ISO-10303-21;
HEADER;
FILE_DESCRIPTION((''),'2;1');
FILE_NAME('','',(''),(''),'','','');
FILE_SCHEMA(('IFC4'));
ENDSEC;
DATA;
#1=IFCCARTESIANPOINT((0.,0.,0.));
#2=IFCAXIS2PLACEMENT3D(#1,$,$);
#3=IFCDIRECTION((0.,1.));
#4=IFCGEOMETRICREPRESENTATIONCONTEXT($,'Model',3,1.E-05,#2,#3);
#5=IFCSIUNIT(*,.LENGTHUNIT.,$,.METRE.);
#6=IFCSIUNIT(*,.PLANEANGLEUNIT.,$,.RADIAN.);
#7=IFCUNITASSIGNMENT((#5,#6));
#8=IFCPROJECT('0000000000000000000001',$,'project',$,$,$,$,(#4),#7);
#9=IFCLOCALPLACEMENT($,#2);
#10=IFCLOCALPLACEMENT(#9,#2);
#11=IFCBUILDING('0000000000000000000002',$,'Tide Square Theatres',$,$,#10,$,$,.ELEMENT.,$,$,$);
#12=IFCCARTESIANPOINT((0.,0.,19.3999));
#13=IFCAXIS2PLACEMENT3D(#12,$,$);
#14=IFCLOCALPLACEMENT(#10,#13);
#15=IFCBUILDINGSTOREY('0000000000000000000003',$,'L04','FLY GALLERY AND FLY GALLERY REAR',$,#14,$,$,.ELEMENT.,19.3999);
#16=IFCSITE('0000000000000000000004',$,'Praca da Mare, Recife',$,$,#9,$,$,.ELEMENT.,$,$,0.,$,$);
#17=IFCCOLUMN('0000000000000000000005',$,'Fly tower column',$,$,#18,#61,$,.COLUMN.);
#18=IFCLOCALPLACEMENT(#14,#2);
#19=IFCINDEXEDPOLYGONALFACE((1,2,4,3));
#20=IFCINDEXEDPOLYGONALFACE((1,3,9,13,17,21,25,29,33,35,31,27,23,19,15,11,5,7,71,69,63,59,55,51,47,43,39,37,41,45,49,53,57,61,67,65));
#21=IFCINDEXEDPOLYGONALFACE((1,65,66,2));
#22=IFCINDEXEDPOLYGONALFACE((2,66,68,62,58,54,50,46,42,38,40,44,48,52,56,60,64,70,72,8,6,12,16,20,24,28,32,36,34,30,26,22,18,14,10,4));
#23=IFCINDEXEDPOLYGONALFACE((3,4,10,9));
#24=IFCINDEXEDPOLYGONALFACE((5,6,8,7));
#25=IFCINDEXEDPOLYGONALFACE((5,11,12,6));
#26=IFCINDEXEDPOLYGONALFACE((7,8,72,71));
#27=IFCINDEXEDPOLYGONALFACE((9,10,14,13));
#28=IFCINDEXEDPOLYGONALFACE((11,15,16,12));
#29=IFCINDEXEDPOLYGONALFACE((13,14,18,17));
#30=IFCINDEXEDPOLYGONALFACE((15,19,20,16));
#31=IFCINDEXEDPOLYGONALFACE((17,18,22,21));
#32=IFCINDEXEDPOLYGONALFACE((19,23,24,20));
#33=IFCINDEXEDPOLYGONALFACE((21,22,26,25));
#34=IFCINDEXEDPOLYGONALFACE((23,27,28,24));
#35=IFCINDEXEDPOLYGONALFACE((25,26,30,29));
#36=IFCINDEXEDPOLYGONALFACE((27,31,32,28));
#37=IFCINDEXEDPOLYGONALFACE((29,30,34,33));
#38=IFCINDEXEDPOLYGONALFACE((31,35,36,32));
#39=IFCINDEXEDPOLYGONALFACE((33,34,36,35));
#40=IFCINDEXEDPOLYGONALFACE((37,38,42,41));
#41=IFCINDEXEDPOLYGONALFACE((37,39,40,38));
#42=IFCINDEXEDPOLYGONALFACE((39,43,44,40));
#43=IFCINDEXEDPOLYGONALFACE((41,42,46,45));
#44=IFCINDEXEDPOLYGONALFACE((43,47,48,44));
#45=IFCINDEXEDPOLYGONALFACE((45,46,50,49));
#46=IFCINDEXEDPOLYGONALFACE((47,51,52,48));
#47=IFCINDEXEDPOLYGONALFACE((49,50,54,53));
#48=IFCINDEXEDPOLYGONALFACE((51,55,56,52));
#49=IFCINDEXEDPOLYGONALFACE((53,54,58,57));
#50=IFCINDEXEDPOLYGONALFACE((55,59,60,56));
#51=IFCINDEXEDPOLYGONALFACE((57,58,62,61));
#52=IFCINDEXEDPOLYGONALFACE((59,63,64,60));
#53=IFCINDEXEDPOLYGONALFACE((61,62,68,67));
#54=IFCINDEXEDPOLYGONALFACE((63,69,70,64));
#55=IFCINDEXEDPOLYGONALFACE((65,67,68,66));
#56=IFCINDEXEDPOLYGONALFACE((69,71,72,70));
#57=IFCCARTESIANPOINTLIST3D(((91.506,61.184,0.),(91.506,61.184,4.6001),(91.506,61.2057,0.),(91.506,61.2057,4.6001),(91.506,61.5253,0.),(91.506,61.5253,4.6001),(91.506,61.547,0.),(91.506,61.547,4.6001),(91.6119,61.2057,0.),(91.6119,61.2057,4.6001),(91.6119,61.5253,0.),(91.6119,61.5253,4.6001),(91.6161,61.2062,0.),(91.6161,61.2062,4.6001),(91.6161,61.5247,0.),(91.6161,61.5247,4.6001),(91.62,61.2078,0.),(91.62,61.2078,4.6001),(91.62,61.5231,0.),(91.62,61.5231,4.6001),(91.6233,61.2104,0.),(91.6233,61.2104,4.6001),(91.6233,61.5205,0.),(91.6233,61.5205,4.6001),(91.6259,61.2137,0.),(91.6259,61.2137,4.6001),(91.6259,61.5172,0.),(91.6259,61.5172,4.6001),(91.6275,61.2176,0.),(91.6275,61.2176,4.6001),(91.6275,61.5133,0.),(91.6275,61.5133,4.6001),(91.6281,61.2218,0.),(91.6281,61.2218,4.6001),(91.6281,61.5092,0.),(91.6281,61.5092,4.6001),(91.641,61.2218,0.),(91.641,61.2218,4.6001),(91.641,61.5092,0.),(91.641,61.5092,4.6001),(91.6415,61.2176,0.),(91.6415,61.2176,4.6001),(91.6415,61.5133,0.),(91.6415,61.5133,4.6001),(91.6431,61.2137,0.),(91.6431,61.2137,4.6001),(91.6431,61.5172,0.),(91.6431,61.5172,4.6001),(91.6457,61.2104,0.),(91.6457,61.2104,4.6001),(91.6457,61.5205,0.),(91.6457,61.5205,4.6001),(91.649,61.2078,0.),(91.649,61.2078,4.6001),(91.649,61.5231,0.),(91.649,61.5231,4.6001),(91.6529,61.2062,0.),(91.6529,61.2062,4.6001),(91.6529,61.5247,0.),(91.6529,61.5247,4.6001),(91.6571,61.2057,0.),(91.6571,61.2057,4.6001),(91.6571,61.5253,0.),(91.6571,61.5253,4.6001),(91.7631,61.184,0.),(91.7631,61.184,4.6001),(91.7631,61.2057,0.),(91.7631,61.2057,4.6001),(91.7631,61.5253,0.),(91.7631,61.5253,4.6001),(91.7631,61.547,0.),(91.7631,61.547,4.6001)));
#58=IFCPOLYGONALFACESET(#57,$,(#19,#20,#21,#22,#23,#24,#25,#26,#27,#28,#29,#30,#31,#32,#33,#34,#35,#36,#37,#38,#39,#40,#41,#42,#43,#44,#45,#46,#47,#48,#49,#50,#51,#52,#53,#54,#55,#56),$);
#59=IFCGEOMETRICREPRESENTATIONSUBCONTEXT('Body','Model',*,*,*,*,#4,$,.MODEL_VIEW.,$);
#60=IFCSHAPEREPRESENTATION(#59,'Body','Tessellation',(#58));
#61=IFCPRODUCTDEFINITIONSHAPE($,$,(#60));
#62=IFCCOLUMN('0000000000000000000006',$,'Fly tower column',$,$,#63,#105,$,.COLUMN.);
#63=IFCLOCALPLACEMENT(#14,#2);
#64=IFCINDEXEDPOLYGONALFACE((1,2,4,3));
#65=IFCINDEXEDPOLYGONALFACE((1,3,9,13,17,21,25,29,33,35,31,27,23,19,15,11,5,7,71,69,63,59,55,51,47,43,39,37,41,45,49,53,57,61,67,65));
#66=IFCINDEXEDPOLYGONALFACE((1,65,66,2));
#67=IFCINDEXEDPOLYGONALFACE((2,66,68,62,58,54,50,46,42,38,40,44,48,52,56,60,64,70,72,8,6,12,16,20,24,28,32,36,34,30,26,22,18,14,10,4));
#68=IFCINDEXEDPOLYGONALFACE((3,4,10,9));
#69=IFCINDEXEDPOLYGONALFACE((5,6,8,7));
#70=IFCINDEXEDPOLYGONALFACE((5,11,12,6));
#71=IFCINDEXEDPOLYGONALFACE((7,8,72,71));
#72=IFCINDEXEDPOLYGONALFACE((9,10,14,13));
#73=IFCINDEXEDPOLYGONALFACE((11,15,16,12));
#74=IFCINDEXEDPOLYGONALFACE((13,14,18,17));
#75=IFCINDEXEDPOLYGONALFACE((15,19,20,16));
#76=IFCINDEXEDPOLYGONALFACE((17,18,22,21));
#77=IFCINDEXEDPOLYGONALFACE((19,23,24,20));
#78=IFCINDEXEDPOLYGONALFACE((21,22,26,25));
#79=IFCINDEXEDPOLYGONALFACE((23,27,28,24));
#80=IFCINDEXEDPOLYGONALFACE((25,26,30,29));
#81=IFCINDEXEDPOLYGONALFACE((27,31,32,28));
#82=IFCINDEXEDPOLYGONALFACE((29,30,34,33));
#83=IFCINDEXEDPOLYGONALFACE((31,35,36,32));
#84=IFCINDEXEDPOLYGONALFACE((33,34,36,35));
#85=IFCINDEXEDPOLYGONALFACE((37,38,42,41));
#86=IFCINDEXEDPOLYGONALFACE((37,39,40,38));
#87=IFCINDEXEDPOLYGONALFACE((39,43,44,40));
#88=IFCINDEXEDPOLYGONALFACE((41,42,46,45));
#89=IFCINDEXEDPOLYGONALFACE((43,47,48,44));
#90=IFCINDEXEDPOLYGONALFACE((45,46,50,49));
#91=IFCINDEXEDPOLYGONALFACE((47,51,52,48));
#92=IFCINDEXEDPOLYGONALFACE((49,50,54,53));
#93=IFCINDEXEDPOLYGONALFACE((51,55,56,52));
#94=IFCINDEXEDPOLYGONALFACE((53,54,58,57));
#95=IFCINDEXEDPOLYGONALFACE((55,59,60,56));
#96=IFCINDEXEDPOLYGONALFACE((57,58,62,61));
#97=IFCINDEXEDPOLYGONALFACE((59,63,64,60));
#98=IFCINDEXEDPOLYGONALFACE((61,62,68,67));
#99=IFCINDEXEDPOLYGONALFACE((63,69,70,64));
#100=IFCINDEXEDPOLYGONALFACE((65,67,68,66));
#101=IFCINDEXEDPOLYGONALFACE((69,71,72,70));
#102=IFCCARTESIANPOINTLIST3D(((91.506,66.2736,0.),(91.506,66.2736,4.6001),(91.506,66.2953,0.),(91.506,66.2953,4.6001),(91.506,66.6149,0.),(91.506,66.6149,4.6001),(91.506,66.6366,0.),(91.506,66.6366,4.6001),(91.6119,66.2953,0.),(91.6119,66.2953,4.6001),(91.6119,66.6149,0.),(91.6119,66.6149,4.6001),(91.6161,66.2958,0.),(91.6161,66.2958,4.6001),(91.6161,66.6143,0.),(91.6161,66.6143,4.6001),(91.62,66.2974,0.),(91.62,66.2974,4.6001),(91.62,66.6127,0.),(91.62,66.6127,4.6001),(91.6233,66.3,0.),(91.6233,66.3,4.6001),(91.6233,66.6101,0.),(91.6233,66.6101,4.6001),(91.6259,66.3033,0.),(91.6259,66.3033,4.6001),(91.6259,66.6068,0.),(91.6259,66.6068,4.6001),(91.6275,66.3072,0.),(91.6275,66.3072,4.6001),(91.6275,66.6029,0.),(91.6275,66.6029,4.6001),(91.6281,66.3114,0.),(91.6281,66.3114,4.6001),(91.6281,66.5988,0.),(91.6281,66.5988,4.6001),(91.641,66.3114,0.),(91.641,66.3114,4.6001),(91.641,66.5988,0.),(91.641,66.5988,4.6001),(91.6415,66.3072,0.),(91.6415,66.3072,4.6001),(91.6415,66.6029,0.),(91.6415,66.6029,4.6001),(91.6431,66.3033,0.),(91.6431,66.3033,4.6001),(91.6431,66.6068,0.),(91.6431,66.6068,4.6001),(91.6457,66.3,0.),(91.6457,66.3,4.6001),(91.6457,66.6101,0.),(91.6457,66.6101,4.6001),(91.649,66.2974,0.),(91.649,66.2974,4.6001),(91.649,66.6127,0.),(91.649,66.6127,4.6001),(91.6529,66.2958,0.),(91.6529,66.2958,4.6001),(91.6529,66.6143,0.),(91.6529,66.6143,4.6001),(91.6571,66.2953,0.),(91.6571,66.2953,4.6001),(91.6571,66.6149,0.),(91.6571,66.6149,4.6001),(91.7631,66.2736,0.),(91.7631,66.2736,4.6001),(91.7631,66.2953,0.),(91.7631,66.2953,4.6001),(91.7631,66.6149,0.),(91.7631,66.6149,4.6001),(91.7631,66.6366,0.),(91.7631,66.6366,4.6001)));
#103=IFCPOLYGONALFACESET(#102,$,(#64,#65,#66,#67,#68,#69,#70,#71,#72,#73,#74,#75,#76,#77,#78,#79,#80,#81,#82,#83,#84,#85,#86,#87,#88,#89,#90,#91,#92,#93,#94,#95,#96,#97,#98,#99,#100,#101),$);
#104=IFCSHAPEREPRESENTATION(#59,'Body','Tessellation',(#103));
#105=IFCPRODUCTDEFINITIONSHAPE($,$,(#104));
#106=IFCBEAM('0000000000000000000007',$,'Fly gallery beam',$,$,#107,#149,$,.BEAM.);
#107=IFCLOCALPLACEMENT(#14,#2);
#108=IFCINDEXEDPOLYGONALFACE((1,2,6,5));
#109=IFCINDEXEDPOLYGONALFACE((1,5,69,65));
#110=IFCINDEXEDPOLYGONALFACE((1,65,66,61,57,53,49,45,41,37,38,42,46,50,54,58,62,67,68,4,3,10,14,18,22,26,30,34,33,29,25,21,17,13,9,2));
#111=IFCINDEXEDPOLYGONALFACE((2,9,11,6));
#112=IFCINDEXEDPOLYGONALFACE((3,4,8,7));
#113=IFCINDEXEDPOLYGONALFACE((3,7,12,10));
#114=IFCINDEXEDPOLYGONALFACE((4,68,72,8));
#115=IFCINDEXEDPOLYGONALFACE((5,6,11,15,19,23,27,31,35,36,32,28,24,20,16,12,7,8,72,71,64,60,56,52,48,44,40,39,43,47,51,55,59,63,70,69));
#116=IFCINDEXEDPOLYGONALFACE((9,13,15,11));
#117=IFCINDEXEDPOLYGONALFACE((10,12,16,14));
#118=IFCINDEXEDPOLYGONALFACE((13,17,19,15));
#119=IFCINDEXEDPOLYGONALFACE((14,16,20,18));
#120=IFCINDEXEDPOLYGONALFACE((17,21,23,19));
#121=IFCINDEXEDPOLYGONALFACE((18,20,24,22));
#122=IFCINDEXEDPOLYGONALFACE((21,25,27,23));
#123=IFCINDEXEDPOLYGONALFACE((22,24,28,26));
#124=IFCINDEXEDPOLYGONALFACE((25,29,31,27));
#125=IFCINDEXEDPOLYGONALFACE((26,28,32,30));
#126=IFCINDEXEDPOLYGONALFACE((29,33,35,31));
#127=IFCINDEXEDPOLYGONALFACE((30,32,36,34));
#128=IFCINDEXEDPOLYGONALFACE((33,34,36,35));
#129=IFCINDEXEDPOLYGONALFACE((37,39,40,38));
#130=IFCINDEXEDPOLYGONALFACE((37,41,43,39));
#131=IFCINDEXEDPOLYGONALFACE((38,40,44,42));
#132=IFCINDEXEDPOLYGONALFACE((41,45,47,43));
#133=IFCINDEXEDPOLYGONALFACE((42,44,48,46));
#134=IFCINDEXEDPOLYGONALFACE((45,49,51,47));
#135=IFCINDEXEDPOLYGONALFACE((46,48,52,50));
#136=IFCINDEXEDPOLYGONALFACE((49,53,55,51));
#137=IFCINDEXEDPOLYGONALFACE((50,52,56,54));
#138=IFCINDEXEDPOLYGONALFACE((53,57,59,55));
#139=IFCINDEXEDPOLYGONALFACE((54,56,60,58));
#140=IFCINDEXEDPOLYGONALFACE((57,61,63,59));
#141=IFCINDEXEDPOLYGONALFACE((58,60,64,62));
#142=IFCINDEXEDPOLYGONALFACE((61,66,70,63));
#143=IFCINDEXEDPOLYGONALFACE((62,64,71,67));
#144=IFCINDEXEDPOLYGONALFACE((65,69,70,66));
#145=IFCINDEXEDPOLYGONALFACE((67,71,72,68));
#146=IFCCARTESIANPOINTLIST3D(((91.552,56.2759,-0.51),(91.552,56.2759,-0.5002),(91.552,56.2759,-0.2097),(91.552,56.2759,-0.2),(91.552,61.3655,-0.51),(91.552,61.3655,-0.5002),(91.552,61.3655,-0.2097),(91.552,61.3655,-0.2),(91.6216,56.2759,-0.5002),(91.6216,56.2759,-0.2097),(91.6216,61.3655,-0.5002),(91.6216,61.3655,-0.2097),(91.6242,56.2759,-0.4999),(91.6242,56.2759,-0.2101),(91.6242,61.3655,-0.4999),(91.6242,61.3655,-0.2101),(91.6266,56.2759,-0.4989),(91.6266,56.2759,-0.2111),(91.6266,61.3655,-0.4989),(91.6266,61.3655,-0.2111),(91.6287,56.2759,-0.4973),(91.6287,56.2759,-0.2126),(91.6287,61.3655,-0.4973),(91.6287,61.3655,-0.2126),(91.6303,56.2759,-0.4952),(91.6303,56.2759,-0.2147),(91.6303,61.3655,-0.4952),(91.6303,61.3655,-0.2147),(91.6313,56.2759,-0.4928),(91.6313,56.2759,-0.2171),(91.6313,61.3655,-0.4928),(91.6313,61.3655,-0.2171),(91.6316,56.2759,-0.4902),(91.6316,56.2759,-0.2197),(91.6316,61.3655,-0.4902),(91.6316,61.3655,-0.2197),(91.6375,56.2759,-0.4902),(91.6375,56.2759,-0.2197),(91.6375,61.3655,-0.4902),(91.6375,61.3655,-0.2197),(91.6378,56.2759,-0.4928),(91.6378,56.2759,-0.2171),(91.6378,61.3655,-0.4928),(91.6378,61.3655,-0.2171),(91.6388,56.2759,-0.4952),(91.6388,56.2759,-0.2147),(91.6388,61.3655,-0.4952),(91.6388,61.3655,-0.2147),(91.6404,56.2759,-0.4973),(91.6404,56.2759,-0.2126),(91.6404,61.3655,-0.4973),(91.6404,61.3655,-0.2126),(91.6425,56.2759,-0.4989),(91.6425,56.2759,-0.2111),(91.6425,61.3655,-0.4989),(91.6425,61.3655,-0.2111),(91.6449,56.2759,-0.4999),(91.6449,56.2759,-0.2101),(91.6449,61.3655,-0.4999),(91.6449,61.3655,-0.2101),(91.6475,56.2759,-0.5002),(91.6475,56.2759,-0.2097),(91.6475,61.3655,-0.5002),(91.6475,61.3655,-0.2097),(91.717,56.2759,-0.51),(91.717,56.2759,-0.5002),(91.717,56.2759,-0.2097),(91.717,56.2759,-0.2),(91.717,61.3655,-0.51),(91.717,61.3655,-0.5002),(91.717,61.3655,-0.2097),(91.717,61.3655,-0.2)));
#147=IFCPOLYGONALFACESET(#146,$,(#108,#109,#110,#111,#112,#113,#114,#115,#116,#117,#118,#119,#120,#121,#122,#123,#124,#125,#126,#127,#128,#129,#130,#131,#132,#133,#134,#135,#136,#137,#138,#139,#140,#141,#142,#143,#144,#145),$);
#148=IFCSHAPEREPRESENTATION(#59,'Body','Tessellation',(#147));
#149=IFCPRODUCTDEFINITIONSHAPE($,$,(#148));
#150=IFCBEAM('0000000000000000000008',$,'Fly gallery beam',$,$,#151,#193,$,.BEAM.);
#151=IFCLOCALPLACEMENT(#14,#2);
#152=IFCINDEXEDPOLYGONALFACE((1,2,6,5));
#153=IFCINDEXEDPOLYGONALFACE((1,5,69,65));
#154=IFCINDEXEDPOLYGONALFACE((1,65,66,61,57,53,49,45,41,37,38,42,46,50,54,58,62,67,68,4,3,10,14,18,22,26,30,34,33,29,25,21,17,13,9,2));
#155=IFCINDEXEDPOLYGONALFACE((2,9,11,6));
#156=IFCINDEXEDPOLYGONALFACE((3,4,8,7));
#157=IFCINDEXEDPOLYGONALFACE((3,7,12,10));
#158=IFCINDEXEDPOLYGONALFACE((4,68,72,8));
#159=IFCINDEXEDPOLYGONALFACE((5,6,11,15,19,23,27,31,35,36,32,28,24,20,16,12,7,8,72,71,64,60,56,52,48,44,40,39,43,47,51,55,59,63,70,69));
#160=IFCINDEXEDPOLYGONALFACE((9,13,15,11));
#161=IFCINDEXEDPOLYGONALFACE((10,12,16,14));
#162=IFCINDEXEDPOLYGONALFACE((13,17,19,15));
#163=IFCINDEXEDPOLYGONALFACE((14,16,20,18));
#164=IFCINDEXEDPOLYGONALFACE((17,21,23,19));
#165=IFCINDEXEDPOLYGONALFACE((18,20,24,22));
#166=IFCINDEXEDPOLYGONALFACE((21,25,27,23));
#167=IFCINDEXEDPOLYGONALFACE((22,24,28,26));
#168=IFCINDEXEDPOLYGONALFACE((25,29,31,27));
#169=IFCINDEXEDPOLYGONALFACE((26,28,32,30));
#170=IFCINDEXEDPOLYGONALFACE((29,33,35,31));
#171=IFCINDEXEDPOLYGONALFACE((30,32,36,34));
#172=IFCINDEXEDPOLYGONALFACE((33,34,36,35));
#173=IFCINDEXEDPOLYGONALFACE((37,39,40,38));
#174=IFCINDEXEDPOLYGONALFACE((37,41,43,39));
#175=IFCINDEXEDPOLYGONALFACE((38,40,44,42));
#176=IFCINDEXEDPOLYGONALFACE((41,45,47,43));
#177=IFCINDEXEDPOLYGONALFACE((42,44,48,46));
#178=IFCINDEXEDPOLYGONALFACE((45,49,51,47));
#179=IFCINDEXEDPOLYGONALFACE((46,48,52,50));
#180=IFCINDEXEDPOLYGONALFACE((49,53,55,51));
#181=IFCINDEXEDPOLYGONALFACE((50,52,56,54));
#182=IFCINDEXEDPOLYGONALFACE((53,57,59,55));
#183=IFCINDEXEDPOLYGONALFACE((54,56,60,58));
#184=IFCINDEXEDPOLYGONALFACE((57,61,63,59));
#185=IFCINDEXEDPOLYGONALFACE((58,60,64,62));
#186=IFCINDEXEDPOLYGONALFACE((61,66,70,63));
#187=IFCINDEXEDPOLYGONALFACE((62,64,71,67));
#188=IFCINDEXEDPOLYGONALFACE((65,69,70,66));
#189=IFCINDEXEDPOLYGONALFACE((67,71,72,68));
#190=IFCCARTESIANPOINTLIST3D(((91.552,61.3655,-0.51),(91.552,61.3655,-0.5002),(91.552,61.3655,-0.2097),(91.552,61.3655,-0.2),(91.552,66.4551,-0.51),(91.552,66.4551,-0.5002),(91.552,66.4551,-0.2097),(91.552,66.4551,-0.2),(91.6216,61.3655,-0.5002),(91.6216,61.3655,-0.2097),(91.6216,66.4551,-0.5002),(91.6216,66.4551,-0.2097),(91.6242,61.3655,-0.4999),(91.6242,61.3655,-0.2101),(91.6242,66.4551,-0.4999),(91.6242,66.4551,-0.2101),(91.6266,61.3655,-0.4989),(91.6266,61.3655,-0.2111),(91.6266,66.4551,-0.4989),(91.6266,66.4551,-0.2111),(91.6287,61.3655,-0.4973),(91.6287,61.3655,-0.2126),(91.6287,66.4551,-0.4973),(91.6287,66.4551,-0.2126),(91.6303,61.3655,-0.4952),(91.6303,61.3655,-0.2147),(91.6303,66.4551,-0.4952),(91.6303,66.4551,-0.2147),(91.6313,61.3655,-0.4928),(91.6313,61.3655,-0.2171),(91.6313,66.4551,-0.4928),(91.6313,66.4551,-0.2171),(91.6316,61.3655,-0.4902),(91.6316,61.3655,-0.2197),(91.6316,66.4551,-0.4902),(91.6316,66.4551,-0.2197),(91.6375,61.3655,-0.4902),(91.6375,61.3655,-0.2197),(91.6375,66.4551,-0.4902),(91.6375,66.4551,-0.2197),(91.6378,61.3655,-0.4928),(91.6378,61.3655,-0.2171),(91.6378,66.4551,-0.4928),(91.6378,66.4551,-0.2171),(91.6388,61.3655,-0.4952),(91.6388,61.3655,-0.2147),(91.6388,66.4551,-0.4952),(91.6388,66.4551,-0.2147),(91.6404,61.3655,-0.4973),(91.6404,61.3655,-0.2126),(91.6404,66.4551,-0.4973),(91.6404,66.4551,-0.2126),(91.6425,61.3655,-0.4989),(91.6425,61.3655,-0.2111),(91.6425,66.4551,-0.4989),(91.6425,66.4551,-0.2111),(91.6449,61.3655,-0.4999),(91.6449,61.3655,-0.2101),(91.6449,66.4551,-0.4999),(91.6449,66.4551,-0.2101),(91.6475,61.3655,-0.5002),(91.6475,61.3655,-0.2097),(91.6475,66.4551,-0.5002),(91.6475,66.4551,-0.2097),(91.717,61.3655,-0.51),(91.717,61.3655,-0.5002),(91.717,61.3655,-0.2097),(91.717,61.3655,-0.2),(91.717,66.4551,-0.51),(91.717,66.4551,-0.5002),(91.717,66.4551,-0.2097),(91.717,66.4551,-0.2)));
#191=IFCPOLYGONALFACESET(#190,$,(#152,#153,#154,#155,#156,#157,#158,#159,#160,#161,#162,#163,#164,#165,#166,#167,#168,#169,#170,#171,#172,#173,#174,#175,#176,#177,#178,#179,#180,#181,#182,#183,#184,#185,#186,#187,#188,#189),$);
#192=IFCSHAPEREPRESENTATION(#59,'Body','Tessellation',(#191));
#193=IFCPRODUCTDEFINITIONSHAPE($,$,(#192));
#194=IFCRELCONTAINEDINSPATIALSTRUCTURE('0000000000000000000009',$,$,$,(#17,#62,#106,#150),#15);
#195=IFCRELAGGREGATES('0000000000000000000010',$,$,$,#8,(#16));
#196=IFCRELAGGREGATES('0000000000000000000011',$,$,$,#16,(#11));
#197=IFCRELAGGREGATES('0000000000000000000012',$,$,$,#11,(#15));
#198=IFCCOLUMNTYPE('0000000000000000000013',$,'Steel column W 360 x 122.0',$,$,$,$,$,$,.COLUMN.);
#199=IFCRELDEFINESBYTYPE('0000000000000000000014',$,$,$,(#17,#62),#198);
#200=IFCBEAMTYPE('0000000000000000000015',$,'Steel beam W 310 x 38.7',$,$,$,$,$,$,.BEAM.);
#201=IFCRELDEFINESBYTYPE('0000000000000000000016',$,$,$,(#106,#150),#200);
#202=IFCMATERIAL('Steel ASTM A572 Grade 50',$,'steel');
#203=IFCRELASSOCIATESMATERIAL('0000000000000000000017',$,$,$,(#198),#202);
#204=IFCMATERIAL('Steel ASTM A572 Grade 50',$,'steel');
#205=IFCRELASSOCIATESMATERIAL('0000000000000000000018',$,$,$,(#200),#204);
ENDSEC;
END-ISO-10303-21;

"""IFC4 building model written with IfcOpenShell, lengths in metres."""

from ifc_helpers import new_model, si_unit, direction, frame, origin, origin_2d, place, context, subcontext, project, spatial, i_section, extrude, material, material_profile, profile_set, type_object, element, save


model = new_model("IFC4")

# Units and contexts
model_context = context("Model", 3, precision=1e-05, world=origin(), true_north=direction((0.0, 1.0)))
body_context = subcontext(model_context, "Body", "Model", "MODEL_VIEW")
ifc_project = project(units=[si_unit("LENGTHUNIT", "METRE"), si_unit("PLANEANGLEUNIT", "RADIAN")], contexts=[model_context])

# Site, building, storey
site_placement = place(None, origin())
site = spatial("IfcSite", under=ifc_project, at=site_placement, Name="Praca da Mare, Recife", CompositionType="ELEMENT", RefElevation=0.0)
building_placement = place(site_placement, origin())
building = spatial("IfcBuilding", under=site, at=building_placement, Name="Tide Square Theatres", CompositionType="ELEMENT")
storey_placement = place(building_placement, frame((0.0, 0.0, 19.3999)))
storey = spatial("IfcBuildingStorey", under=building, at=storey_placement, Name="L04", Description="FLY GALLERY AND FLY GALLERY REAR", CompositionType="ELEMENT", Elevation=19.3999)

# Columns
ifc_material_1 = material(Name="Steel ASTM A572 Grade 50", Category="steel")
ifc_material_profile_1 = material_profile(ifc_material_1, i_section(OverallWidth=0.2571, OverallDepth=0.363, WebThickness=0.0129, FlangeThickness=0.0217, FilletRadius=0.0161, at=origin_2d()))
ifc_profile_set_1 = profile_set([ifc_material_profile_1], Name="Steel ASTM A572 Grade 50")
column_type_1 = type_object("IfcColumnType", Name="Steel column W 360 x 122.0", PredefinedType="COLUMN", material=ifc_profile_set_1)
for number, where, z_axis, x_axis, name in (
    (1, (91.6345, 61.3655, 0.0), (0.0, 0.0, 1.0), (1.0, 0.0, 0.0), "Fly tower column"),
    (2, (91.6345, 66.4551, 0.0), (0.0, 0.0, 1.0), (1.0, 0.0, 0.0), "Fly tower column"),
):
    element("IfcColumn", number, at=place(storey_placement, frame(where, z_axis=z_axis, x_axis=x_axis)), inside=storey, type_object=column_type_1, Name=name, PredefinedType="COLUMN", context=body_context, shape_type="SweptSolid", body=[
        extrude(i_section(OverallWidth=0.2571, OverallDepth=0.363, WebThickness=0.0129, FlangeThickness=0.0217, FilletRadius=0.0161, at=origin_2d()), origin(), (0.0, 0.0, 1.0), 4.6001),
    ])

# Beams
ifc_material_2 = material(Name="Steel ASTM A572 Grade 50", Category="steel")
ifc_material_profile_2 = material_profile(ifc_material_2, i_section(OverallWidth=0.165, OverallDepth=0.3101, WebThickness=0.0059, FlangeThickness=0.0098, FilletRadius=0.01, at=origin_2d()))
ifc_profile_set_2 = profile_set([ifc_material_profile_2], Name="Steel ASTM A572 Grade 50")
beam_type = type_object("IfcBeamType", Name="Steel beam W 310 x 38.7", PredefinedType="BEAM", material=ifc_profile_set_2)
for number, where, z_axis, x_axis, name in (
    (3, (91.6345, 56.2759, -0.355), (0.0, 1.0, 0.0), (-1.0, 0.0, 0.0), "Fly gallery beam"),
    (4, (91.6345, 61.3655, -0.355), (0.0, 1.0, 0.0), (-1.0, 0.0, 0.0), "Fly gallery beam"),
):
    element("IfcBeam", number, at=place(storey_placement, frame(where, z_axis=z_axis, x_axis=x_axis)), inside=storey, type_object=beam_type, Name=name, PredefinedType="BEAM", context=body_context, shape_type="SweptSolid", body=[
        extrude(i_section(OverallWidth=0.165, OverallDepth=0.3101, WebThickness=0.0059, FlangeThickness=0.0098, FilletRadius=0.01, at=origin_2d()), origin(), (0.0, 0.0, 1.0), 5.0896),
    ])

save(model, "model.ifc")
